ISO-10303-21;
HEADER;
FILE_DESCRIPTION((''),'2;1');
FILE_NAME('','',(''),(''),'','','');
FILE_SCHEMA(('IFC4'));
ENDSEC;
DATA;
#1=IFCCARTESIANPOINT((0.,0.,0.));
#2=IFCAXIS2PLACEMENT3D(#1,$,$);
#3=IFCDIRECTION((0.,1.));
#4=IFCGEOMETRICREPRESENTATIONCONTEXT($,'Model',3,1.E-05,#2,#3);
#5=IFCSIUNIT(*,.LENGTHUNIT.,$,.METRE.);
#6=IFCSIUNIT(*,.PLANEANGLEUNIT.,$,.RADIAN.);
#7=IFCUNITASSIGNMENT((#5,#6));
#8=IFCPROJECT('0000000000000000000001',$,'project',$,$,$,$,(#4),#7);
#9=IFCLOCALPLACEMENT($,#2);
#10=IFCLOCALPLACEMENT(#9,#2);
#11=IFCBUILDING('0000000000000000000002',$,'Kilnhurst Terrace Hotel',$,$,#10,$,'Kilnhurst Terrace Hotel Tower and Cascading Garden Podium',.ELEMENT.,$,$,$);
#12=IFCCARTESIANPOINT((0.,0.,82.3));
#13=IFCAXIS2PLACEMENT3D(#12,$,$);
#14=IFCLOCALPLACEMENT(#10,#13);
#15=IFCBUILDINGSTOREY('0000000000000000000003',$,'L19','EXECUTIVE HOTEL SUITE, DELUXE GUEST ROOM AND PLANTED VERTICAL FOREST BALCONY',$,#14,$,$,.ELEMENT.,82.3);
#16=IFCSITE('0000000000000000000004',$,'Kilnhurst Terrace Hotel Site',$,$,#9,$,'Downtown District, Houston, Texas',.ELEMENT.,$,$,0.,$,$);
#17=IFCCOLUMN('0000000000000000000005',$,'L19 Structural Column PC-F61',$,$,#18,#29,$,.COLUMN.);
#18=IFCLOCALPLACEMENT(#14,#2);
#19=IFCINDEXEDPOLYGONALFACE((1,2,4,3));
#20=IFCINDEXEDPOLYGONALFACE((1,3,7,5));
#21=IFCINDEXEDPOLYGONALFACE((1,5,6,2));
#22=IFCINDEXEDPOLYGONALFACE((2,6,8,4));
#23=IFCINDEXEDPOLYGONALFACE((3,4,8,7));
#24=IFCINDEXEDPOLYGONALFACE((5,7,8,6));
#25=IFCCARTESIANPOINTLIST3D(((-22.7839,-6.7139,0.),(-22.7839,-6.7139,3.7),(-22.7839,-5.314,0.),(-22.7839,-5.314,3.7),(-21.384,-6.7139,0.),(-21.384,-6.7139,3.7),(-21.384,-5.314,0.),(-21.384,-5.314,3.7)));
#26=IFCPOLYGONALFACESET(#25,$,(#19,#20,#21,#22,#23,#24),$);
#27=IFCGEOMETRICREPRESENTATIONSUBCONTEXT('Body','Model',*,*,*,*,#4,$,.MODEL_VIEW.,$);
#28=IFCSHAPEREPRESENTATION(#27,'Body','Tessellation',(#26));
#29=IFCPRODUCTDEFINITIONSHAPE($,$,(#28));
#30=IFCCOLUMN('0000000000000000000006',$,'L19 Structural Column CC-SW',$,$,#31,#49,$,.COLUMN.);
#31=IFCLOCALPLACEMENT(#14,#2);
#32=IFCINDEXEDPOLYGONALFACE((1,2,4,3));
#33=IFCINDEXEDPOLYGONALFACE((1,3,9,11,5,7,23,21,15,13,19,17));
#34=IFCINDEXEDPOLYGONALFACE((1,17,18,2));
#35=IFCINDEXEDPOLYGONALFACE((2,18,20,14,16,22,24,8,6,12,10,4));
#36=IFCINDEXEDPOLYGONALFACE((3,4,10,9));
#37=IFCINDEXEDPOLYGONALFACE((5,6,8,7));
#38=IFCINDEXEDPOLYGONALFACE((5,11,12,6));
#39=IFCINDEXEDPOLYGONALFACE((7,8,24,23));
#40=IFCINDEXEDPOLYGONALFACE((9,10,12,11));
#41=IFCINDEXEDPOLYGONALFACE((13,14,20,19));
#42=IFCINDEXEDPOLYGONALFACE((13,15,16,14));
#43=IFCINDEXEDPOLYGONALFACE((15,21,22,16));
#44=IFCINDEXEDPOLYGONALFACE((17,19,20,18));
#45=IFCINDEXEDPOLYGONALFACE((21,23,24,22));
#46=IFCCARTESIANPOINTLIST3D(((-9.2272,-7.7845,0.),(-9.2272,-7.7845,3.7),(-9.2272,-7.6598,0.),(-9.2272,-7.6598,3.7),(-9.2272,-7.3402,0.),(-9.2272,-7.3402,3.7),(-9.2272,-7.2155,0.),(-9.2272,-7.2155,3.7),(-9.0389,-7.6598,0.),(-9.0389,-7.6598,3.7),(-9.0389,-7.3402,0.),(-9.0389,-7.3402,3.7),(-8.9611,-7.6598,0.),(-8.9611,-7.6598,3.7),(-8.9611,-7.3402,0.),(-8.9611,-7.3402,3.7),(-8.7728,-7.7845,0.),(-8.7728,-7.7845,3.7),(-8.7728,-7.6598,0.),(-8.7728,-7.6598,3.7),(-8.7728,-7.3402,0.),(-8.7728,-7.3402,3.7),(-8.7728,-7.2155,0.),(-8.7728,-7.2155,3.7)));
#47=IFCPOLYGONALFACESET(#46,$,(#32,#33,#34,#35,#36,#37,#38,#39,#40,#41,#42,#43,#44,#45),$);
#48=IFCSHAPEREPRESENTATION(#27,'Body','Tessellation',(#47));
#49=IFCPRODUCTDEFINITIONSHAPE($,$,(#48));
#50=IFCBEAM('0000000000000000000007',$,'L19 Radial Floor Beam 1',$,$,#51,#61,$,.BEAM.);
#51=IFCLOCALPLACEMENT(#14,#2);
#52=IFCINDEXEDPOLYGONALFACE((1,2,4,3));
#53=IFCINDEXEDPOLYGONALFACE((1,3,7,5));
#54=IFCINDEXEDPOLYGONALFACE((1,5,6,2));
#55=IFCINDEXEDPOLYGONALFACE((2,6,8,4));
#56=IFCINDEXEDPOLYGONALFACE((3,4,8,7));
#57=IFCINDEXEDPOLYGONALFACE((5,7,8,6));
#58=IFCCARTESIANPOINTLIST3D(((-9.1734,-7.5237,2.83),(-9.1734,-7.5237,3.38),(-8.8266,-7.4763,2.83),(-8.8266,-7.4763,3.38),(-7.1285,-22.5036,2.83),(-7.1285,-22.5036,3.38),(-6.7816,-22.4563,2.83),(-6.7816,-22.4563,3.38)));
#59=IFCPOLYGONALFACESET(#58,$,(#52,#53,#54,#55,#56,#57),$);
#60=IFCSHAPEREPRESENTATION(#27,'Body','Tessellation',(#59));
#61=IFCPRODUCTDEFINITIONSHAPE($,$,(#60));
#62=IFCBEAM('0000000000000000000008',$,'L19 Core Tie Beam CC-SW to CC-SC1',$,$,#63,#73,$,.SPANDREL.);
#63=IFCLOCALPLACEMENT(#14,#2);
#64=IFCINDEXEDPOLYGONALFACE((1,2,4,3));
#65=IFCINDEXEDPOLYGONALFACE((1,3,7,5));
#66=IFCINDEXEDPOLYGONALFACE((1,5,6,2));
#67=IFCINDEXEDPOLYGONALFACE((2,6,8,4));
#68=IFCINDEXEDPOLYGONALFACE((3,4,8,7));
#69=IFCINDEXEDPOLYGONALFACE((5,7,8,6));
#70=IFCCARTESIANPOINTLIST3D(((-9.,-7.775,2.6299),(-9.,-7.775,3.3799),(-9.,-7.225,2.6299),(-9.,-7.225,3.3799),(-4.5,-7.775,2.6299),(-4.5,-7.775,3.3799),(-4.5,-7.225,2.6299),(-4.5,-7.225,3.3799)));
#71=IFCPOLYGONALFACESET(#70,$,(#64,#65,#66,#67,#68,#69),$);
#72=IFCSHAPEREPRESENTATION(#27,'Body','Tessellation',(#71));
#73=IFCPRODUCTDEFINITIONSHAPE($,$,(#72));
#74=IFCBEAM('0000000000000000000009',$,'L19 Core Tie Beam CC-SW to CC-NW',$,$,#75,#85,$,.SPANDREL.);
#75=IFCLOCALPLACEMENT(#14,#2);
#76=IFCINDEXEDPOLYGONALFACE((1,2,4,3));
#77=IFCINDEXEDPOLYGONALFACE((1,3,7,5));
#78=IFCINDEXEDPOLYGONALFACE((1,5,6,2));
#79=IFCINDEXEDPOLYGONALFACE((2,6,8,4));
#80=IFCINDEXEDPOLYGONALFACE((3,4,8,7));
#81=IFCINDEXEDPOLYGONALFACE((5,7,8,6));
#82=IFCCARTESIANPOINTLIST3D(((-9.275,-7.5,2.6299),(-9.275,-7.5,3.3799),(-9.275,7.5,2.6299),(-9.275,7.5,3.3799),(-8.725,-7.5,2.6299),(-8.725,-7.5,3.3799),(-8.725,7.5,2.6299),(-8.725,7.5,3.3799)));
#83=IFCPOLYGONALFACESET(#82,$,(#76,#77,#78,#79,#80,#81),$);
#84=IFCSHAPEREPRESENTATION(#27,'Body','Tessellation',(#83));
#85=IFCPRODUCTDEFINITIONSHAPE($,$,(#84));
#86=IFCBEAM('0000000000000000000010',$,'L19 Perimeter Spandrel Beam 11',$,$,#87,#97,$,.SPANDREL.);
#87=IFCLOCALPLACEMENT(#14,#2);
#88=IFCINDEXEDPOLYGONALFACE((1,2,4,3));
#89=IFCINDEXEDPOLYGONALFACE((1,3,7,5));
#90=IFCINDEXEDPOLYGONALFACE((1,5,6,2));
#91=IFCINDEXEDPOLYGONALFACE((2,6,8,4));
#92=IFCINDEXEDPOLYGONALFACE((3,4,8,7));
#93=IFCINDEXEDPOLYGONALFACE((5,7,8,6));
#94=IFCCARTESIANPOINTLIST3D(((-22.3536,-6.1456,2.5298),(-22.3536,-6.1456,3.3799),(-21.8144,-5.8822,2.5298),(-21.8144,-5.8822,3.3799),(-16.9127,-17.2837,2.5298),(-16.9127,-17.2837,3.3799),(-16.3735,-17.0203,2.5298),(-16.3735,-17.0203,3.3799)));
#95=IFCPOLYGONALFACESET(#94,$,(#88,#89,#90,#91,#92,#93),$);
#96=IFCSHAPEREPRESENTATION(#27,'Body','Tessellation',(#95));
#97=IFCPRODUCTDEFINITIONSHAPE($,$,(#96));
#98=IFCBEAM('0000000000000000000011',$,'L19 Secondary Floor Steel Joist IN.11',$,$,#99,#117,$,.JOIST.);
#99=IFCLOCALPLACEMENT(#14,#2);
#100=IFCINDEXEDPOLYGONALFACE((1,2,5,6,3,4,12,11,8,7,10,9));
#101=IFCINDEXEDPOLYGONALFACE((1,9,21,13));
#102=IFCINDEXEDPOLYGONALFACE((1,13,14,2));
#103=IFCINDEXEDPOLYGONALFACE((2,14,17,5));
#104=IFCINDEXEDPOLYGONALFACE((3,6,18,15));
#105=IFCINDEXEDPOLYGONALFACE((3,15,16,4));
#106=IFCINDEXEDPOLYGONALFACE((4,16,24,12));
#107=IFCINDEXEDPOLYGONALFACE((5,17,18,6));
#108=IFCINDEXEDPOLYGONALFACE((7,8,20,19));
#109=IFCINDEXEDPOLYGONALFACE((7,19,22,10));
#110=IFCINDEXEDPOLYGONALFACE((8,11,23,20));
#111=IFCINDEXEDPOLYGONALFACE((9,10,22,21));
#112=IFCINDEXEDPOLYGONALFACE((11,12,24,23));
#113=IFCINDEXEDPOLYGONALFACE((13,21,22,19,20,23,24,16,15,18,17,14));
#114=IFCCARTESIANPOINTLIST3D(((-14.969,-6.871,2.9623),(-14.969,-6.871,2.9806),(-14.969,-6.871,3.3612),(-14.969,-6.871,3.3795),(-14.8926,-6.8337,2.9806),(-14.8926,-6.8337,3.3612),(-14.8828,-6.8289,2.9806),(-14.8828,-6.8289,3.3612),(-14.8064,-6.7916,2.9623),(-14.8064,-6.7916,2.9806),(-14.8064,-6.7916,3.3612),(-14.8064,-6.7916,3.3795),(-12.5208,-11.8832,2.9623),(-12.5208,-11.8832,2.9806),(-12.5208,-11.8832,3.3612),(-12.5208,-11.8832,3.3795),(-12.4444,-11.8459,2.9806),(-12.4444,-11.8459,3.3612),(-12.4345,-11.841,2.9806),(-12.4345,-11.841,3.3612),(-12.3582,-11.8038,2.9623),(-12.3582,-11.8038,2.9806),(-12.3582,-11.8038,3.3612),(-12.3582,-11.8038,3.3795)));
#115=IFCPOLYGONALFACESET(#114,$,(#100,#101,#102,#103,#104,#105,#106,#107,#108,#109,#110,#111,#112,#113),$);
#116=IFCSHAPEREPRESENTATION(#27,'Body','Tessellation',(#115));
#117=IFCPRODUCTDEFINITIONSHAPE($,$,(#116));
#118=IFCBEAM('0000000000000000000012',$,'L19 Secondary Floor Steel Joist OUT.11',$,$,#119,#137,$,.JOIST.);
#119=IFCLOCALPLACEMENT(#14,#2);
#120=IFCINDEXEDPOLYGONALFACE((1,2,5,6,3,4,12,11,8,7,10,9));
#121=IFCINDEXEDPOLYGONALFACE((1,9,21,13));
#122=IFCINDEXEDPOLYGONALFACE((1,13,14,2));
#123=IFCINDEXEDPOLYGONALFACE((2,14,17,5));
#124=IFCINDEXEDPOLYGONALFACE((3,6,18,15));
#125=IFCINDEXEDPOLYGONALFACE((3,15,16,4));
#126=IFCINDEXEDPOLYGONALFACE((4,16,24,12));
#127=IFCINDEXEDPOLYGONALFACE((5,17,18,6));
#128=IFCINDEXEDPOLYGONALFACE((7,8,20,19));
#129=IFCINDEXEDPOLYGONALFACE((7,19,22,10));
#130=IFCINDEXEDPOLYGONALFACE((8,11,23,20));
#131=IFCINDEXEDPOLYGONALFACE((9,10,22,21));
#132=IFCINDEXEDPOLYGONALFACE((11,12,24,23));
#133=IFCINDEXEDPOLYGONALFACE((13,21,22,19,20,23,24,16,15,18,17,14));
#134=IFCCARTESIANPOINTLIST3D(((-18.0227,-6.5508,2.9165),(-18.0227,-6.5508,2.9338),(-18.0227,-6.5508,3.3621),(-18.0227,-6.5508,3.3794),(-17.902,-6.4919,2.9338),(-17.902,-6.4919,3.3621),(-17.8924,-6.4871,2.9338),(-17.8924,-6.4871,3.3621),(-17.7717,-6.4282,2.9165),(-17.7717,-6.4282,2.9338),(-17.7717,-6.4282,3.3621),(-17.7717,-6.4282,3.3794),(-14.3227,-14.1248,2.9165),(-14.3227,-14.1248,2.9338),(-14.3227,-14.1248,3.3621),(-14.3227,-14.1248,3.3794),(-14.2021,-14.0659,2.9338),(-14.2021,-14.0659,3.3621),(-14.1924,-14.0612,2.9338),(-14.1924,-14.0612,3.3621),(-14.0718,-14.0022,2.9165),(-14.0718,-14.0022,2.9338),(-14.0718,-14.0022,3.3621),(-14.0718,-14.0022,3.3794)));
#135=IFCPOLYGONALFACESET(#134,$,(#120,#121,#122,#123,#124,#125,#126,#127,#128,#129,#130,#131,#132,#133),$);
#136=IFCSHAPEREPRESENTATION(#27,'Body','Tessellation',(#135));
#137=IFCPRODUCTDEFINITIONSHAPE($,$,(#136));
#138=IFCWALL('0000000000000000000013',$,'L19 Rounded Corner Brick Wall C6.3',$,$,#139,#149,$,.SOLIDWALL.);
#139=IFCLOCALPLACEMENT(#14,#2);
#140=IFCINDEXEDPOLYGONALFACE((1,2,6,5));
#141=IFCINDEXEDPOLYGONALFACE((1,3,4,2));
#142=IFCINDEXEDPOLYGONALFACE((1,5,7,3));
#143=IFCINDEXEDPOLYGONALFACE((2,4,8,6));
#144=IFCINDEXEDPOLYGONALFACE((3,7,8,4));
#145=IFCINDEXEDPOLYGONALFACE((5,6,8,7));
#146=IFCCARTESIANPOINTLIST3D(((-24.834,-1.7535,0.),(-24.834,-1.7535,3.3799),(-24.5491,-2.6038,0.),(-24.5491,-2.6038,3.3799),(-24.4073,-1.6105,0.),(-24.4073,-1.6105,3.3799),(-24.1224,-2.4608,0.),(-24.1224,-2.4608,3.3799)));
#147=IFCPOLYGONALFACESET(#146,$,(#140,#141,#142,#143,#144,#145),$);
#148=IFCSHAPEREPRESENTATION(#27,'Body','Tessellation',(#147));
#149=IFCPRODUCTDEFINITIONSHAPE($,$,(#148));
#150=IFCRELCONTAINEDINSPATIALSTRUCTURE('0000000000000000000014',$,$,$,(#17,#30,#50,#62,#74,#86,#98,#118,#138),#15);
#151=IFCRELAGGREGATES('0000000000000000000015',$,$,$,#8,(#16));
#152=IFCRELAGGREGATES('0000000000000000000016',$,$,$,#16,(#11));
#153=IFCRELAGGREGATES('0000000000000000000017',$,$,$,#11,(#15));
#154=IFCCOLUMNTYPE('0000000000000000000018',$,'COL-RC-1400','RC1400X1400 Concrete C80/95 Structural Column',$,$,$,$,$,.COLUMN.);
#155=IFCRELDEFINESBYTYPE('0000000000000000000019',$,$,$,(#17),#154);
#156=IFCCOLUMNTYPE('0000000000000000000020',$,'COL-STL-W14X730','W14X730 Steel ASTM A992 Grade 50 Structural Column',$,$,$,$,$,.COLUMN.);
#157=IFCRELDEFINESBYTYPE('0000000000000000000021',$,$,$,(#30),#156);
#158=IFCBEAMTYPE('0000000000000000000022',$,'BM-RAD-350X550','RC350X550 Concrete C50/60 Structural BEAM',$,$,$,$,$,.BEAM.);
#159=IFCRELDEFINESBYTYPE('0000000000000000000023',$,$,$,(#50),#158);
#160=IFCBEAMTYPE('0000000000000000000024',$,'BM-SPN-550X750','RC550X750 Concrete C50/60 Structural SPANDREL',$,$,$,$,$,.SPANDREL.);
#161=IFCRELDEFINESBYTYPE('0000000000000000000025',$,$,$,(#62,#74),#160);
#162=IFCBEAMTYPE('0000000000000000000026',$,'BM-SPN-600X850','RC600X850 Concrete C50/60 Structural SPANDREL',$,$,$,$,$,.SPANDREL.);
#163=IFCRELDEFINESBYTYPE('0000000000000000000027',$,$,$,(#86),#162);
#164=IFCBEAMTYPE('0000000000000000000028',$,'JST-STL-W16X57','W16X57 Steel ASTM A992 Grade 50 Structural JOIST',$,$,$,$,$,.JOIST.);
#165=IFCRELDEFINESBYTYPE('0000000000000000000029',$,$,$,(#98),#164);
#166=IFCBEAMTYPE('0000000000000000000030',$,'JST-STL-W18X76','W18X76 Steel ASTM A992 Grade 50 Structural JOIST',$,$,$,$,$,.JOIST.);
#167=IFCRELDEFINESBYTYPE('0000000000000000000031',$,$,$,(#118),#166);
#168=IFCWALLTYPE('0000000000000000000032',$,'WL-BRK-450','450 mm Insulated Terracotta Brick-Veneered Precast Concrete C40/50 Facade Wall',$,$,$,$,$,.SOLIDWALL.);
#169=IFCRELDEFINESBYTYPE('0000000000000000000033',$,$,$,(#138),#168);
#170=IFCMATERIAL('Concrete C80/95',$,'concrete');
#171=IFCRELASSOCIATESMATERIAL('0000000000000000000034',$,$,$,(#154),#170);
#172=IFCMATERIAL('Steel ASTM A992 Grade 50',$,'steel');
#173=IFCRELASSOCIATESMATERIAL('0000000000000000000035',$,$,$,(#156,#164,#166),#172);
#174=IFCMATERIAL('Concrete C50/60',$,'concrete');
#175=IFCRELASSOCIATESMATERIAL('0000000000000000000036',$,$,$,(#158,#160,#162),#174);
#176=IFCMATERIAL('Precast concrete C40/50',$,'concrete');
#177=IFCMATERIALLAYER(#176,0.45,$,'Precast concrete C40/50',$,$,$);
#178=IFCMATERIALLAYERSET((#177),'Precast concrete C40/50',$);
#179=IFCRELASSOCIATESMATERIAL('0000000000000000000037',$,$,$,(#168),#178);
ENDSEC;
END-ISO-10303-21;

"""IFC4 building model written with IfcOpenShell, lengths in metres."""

from ifc_helpers import new_model, si_unit, direction, frame, frame_2d, origin, origin_2d, place, context, subcontext, project, spatial, rectangle, i_section, extrude, material, layer, layer_set, material_profile, profile_set, type_object, element, save


model = new_model("IFC4")

# Units and contexts
model_context = context("Model", 3, precision=1e-05, world=origin(), true_north=direction((0.0, 1.0)))
body_context = subcontext(model_context, "Body", "Model", "MODEL_VIEW")
ifc_project = project(units=[si_unit("LENGTHUNIT", "METRE"), si_unit("PLANEANGLEUNIT", "RADIAN")], contexts=[model_context])

# Site, building, storey
site_placement = place(None, origin())
site = spatial("IfcSite", under=ifc_project, at=site_placement, Name="Kilnhurst Terrace Hotel Site", LongName="Downtown District, Houston, Texas", CompositionType="ELEMENT", RefElevation=0.0)
building_placement = place(site_placement, origin())
building = spatial("IfcBuilding", under=site, at=building_placement, Name="Kilnhurst Terrace Hotel", LongName="Kilnhurst Terrace Hotel Tower and Cascading Garden Podium", CompositionType="ELEMENT")
storey_placement = place(building_placement, frame((0.0, 0.0, 82.3)))
storey = spatial("IfcBuildingStorey", under=building, at=storey_placement, Name="L19", Description="EXECUTIVE HOTEL SUITE, DELUXE GUEST ROOM AND PLANTED VERTICAL FOREST BALCONY", CompositionType="ELEMENT", Elevation=82.3)

# Columns
ifc_material_1 = material(Name="Concrete C80/95", Category="concrete")
ifc_material_profile_1 = material_profile(ifc_material_1, rectangle(XDim=1.3999, YDim=1.3999, at=origin_2d()), Name="RC1400X1400")
ifc_profile_set_1 = profile_set([ifc_material_profile_1], Name="Concrete C80/95")
column_type_1 = type_object("IfcColumnType", Name="COL-RC-1400", Description="RC1400X1400 Concrete C80/95 Structural Column", PredefinedType="COLUMN", material=ifc_profile_set_1)
column_1_placement = place(storey_placement, frame((-22.084, -6.0139, 0.0), z_axis=(0.0, 0.0, 1.0), x_axis=(1.0, 0.0, 0.0)))
element("IfcColumn", 1, at=column_1_placement, inside=storey, type_object=column_type_1, Name="L19 Structural Column PC-F61", PredefinedType="COLUMN", context=body_context, shape_type="SweptSolid", body=[
    extrude(rectangle(XDim=1.3999, YDim=1.3999, at=origin_2d()), origin(), (0.0, 0.0, 1.0), 3.7),
])
ifc_material_2 = material(Name="Steel ASTM A992 Grade 50", Category="steel")
ifc_material_profile_2 = material_profile(ifc_material_2, i_section(OverallWidth=0.4543, OverallDepth=0.5691, WebThickness=0.0779, FlangeThickness=0.1248, at=origin_2d()), Name="W14X730")
ifc_profile_set_2 = profile_set([ifc_material_profile_2], Name="Steel ASTM A992 Grade 50")
column_type_2 = type_object("IfcColumnType", Name="COL-STL-W14X730", Description="W14X730 Steel ASTM A992 Grade 50 Structural Column", PredefinedType="COLUMN", material=ifc_profile_set_2)
column_2_placement = place(storey_placement, frame((-9.0, -7.5, 0.0), z_axis=(0.0, 0.0, 1.0), x_axis=(1.0, 0.0, 0.0)))
element("IfcColumn", 2, at=column_2_placement, inside=storey, type_object=column_type_2, Name="L19 Structural Column CC-SW", PredefinedType="COLUMN", context=body_context, shape_type="SweptSolid", body=[
    extrude(i_section(OverallWidth=0.4543, OverallDepth=0.5691, WebThickness=0.0779, FlangeThickness=0.1248, at=origin_2d()), origin(), (0.0, 0.0, 1.0), 3.7),
])

# Beams
ifc_material_3 = material(Name="Concrete C50/60", Category="concrete")
ifc_material_profile_3 = material_profile(ifc_material_3, rectangle(XDim=0.3501, YDim=0.55, at=origin_2d()), Name="RC350X550")
ifc_profile_set_3 = profile_set([ifc_material_profile_3], Name="Concrete C50/60")
beam_type_1 = type_object("IfcBeamType", Name="BM-RAD-350X550", Description="RC350X550 Concrete C50/60 Structural BEAM", PredefinedType="BEAM", material=ifc_profile_set_3)
beam_1_placement = place(storey_placement, frame((-9.0, -7.5, 3.105), z_axis=(0.135256, -0.990811, 0.0), x_axis=(0.990811, 0.135256, 0.0)))
element("IfcBeam", 3, at=beam_1_placement, inside=storey, type_object=beam_type_1, Name="L19 Radial Floor Beam 1", PredefinedType="BEAM", context=body_context, shape_type="SweptSolid", body=[
    extrude(rectangle(XDim=0.3501, YDim=0.55, at=origin_2d()), origin(), (0.0, 0.0, 1.0), 15.1189),
])
ifc_material_profile_4 = material_profile(ifc_material_3, rectangle(XDim=0.55, YDim=0.75, at=origin_2d()), Name="RC550X750")
ifc_profile_set_4 = profile_set([ifc_material_profile_4], Name="Concrete C50/60")
beam_type_2 = type_object("IfcBeamType", Name="BM-SPN-550X750", Description="RC550X750 Concrete C50/60 Structural SPANDREL", PredefinedType="SPANDREL", material=ifc_profile_set_4)
beam_2_placement = place(storey_placement, frame((-9.0, -7.5, 3.0049), z_axis=(1.0, 0.0, 0.0), x_axis=(0.0, 1.0, 0.0)))
element("IfcBeam", 4, at=beam_2_placement, inside=storey, type_object=beam_type_2, Name="L19 Core Tie Beam CC-SW to CC-SC1", PredefinedType="SPANDREL", context=body_context, shape_type="SweptSolid", body=[
    extrude(rectangle(XDim=0.55, YDim=0.75, at=origin_2d()), origin(), (0.0, 0.0, 1.0), 4.5),
])
beam_3_placement = place(storey_placement, frame((-9.0, -7.5, 3.0049), z_axis=(0.0, 1.0, 0.0), x_axis=(-1.0, 0.0, 0.0)))
element("IfcBeam", 5, at=beam_3_placement, inside=storey, type_object=beam_type_2, Name="L19 Core Tie Beam CC-SW to CC-NW", PredefinedType="SPANDREL", context=body_context, shape_type="SweptSolid", body=[
    extrude(rectangle(XDim=0.55, YDim=0.75, at=origin_2d()), origin(), (0.0, 0.0, 1.0), 15.0),
])
ifc_material_profile_5 = material_profile(ifc_material_3, rectangle(XDim=0.6001, YDim=0.8501, at=origin_2d()), Name="RC600X850")
ifc_profile_set_5 = profile_set([ifc_material_profile_5], Name="Concrete C50/60")
beam_type_3 = type_object("IfcBeamType", Name="BM-SPN-600X850", Description="RC600X850 Concrete C50/60 Structural SPANDREL", PredefinedType="SPANDREL", material=ifc_profile_set_5)
beam_4_placement = place(storey_placement, frame((-22.084, -6.0139, 2.9548), z_axis=(0.438923, -0.898525, 0.0), x_axis=(0.898525, 0.438923, 0.0)))
element("IfcBeam", 6, at=beam_4_placement, inside=storey, type_object=beam_type_3, Name="L19 Perimeter Spandrel Beam 11", PredefinedType="SPANDREL", context=body_context, shape_type="SweptSolid", body=[
    extrude(rectangle(XDim=0.6001, YDim=0.8501, at=origin_2d()), origin(), (0.0, 0.0, 1.0), 12.396),
])
ifc_material_profile_6 = material_profile(ifc_material_2, i_section(OverallWidth=0.1809, OverallDepth=0.4172, WebThickness=0.011, FlangeThickness=0.0183, at=origin_2d()), Name="W16X57")
ifc_profile_set_6 = profile_set([ifc_material_profile_6], Name="Steel ASTM A992 Grade 50")
beam_type_4 = type_object("IfcBeamType", Name="JST-STL-W16X57", Description="W16X57 Steel ASTM A992 Grade 50 Structural JOIST", PredefinedType="JOIST", material=ifc_profile_set_6)
beam_5_placement = place(storey_placement, frame((-14.8877, -6.8313, 3.1709), z_axis=(0.438896, -0.898538, 0.0), x_axis=(0.898538, 0.438896, 0.0)))
element("IfcBeam", 7, at=beam_5_placement, inside=storey, type_object=beam_type_4, Name="L19 Secondary Floor Steel Joist IN.11", PredefinedType="JOIST", context=body_context, shape_type="SweptSolid", body=[
    extrude(i_section(OverallWidth=0.1809, OverallDepth=0.4172, WebThickness=0.011, FlangeThickness=0.0183, at=origin_2d()), origin(), (0.0, 0.0, 1.0), 5.5781),
])
ifc_material_profile_7 = material_profile(ifc_material_2, i_section(OverallWidth=0.2793, OverallDepth=0.4629, WebThickness=0.0107, FlangeThickness=0.0173, at=origin_2d()), Name="W18X76")
ifc_profile_set_7 = profile_set([ifc_material_profile_7], Name="Steel ASTM A992 Grade 50")
beam_type_5 = type_object("IfcBeamType", Name="JST-STL-W18X76", Description="W18X76 Steel ASTM A992 Grade 50 Structural JOIST", PredefinedType="JOIST", material=ifc_profile_set_7)
beam_6_placement = place(storey_placement, frame((-17.8972, -6.4895, 3.1479), z_axis=(0.438934, -0.898519, 0.0), x_axis=(0.898519, 0.438934, 0.0)))
element("IfcBeam", 8, at=beam_6_placement, inside=storey, type_object=beam_type_5, Name="L19 Secondary Floor Steel Joist OUT.11", PredefinedType="JOIST", context=body_context, shape_type="SweptSolid", body=[
    extrude(i_section(OverallWidth=0.2793, OverallDepth=0.4629, WebThickness=0.0107, FlangeThickness=0.0173, at=origin_2d()), origin(), (0.0, 0.0, 1.0), 8.4294),
])

# Wall
ifc_material_4 = material(Name="Precast concrete C40/50", Category="concrete")
ifc_layer_1 = layer(ifc_material_4, 0.45, Name="Precast concrete C40/50")
ifc_layer_set_1 = layer_set([ifc_layer_1], Name="Precast concrete C40/50")
wall_type_1 = type_object("IfcWallType", Name="WL-BRK-450", Description="450 mm Insulated Terracotta Brick-Veneered Precast Concrete C40/50 Facade Wall", PredefinedType="SOLIDWALL", material=ifc_layer_set_1)
wall_1_placement = place(storey_placement, frame((-24.6206, -1.6821, 0.0), z_axis=(0.0, 0.0, 1.0), x_axis=(0.317697, -0.948192, 0.0)))
element("IfcWall", 9, at=wall_1_placement, inside=storey, type_object=wall_type_1, Name="L19 Rounded Corner Brick Wall C6.3", PredefinedType="SOLIDWALL", context=body_context, shape_type="SweptSolid", body=[
    extrude(rectangle(XDim=0.8967, YDim=0.45, at=frame_2d((0.4482, 0.0))), origin(), (0.0, 0.0, 1.0), 3.3799),
])

save(model, "model.ifc")
